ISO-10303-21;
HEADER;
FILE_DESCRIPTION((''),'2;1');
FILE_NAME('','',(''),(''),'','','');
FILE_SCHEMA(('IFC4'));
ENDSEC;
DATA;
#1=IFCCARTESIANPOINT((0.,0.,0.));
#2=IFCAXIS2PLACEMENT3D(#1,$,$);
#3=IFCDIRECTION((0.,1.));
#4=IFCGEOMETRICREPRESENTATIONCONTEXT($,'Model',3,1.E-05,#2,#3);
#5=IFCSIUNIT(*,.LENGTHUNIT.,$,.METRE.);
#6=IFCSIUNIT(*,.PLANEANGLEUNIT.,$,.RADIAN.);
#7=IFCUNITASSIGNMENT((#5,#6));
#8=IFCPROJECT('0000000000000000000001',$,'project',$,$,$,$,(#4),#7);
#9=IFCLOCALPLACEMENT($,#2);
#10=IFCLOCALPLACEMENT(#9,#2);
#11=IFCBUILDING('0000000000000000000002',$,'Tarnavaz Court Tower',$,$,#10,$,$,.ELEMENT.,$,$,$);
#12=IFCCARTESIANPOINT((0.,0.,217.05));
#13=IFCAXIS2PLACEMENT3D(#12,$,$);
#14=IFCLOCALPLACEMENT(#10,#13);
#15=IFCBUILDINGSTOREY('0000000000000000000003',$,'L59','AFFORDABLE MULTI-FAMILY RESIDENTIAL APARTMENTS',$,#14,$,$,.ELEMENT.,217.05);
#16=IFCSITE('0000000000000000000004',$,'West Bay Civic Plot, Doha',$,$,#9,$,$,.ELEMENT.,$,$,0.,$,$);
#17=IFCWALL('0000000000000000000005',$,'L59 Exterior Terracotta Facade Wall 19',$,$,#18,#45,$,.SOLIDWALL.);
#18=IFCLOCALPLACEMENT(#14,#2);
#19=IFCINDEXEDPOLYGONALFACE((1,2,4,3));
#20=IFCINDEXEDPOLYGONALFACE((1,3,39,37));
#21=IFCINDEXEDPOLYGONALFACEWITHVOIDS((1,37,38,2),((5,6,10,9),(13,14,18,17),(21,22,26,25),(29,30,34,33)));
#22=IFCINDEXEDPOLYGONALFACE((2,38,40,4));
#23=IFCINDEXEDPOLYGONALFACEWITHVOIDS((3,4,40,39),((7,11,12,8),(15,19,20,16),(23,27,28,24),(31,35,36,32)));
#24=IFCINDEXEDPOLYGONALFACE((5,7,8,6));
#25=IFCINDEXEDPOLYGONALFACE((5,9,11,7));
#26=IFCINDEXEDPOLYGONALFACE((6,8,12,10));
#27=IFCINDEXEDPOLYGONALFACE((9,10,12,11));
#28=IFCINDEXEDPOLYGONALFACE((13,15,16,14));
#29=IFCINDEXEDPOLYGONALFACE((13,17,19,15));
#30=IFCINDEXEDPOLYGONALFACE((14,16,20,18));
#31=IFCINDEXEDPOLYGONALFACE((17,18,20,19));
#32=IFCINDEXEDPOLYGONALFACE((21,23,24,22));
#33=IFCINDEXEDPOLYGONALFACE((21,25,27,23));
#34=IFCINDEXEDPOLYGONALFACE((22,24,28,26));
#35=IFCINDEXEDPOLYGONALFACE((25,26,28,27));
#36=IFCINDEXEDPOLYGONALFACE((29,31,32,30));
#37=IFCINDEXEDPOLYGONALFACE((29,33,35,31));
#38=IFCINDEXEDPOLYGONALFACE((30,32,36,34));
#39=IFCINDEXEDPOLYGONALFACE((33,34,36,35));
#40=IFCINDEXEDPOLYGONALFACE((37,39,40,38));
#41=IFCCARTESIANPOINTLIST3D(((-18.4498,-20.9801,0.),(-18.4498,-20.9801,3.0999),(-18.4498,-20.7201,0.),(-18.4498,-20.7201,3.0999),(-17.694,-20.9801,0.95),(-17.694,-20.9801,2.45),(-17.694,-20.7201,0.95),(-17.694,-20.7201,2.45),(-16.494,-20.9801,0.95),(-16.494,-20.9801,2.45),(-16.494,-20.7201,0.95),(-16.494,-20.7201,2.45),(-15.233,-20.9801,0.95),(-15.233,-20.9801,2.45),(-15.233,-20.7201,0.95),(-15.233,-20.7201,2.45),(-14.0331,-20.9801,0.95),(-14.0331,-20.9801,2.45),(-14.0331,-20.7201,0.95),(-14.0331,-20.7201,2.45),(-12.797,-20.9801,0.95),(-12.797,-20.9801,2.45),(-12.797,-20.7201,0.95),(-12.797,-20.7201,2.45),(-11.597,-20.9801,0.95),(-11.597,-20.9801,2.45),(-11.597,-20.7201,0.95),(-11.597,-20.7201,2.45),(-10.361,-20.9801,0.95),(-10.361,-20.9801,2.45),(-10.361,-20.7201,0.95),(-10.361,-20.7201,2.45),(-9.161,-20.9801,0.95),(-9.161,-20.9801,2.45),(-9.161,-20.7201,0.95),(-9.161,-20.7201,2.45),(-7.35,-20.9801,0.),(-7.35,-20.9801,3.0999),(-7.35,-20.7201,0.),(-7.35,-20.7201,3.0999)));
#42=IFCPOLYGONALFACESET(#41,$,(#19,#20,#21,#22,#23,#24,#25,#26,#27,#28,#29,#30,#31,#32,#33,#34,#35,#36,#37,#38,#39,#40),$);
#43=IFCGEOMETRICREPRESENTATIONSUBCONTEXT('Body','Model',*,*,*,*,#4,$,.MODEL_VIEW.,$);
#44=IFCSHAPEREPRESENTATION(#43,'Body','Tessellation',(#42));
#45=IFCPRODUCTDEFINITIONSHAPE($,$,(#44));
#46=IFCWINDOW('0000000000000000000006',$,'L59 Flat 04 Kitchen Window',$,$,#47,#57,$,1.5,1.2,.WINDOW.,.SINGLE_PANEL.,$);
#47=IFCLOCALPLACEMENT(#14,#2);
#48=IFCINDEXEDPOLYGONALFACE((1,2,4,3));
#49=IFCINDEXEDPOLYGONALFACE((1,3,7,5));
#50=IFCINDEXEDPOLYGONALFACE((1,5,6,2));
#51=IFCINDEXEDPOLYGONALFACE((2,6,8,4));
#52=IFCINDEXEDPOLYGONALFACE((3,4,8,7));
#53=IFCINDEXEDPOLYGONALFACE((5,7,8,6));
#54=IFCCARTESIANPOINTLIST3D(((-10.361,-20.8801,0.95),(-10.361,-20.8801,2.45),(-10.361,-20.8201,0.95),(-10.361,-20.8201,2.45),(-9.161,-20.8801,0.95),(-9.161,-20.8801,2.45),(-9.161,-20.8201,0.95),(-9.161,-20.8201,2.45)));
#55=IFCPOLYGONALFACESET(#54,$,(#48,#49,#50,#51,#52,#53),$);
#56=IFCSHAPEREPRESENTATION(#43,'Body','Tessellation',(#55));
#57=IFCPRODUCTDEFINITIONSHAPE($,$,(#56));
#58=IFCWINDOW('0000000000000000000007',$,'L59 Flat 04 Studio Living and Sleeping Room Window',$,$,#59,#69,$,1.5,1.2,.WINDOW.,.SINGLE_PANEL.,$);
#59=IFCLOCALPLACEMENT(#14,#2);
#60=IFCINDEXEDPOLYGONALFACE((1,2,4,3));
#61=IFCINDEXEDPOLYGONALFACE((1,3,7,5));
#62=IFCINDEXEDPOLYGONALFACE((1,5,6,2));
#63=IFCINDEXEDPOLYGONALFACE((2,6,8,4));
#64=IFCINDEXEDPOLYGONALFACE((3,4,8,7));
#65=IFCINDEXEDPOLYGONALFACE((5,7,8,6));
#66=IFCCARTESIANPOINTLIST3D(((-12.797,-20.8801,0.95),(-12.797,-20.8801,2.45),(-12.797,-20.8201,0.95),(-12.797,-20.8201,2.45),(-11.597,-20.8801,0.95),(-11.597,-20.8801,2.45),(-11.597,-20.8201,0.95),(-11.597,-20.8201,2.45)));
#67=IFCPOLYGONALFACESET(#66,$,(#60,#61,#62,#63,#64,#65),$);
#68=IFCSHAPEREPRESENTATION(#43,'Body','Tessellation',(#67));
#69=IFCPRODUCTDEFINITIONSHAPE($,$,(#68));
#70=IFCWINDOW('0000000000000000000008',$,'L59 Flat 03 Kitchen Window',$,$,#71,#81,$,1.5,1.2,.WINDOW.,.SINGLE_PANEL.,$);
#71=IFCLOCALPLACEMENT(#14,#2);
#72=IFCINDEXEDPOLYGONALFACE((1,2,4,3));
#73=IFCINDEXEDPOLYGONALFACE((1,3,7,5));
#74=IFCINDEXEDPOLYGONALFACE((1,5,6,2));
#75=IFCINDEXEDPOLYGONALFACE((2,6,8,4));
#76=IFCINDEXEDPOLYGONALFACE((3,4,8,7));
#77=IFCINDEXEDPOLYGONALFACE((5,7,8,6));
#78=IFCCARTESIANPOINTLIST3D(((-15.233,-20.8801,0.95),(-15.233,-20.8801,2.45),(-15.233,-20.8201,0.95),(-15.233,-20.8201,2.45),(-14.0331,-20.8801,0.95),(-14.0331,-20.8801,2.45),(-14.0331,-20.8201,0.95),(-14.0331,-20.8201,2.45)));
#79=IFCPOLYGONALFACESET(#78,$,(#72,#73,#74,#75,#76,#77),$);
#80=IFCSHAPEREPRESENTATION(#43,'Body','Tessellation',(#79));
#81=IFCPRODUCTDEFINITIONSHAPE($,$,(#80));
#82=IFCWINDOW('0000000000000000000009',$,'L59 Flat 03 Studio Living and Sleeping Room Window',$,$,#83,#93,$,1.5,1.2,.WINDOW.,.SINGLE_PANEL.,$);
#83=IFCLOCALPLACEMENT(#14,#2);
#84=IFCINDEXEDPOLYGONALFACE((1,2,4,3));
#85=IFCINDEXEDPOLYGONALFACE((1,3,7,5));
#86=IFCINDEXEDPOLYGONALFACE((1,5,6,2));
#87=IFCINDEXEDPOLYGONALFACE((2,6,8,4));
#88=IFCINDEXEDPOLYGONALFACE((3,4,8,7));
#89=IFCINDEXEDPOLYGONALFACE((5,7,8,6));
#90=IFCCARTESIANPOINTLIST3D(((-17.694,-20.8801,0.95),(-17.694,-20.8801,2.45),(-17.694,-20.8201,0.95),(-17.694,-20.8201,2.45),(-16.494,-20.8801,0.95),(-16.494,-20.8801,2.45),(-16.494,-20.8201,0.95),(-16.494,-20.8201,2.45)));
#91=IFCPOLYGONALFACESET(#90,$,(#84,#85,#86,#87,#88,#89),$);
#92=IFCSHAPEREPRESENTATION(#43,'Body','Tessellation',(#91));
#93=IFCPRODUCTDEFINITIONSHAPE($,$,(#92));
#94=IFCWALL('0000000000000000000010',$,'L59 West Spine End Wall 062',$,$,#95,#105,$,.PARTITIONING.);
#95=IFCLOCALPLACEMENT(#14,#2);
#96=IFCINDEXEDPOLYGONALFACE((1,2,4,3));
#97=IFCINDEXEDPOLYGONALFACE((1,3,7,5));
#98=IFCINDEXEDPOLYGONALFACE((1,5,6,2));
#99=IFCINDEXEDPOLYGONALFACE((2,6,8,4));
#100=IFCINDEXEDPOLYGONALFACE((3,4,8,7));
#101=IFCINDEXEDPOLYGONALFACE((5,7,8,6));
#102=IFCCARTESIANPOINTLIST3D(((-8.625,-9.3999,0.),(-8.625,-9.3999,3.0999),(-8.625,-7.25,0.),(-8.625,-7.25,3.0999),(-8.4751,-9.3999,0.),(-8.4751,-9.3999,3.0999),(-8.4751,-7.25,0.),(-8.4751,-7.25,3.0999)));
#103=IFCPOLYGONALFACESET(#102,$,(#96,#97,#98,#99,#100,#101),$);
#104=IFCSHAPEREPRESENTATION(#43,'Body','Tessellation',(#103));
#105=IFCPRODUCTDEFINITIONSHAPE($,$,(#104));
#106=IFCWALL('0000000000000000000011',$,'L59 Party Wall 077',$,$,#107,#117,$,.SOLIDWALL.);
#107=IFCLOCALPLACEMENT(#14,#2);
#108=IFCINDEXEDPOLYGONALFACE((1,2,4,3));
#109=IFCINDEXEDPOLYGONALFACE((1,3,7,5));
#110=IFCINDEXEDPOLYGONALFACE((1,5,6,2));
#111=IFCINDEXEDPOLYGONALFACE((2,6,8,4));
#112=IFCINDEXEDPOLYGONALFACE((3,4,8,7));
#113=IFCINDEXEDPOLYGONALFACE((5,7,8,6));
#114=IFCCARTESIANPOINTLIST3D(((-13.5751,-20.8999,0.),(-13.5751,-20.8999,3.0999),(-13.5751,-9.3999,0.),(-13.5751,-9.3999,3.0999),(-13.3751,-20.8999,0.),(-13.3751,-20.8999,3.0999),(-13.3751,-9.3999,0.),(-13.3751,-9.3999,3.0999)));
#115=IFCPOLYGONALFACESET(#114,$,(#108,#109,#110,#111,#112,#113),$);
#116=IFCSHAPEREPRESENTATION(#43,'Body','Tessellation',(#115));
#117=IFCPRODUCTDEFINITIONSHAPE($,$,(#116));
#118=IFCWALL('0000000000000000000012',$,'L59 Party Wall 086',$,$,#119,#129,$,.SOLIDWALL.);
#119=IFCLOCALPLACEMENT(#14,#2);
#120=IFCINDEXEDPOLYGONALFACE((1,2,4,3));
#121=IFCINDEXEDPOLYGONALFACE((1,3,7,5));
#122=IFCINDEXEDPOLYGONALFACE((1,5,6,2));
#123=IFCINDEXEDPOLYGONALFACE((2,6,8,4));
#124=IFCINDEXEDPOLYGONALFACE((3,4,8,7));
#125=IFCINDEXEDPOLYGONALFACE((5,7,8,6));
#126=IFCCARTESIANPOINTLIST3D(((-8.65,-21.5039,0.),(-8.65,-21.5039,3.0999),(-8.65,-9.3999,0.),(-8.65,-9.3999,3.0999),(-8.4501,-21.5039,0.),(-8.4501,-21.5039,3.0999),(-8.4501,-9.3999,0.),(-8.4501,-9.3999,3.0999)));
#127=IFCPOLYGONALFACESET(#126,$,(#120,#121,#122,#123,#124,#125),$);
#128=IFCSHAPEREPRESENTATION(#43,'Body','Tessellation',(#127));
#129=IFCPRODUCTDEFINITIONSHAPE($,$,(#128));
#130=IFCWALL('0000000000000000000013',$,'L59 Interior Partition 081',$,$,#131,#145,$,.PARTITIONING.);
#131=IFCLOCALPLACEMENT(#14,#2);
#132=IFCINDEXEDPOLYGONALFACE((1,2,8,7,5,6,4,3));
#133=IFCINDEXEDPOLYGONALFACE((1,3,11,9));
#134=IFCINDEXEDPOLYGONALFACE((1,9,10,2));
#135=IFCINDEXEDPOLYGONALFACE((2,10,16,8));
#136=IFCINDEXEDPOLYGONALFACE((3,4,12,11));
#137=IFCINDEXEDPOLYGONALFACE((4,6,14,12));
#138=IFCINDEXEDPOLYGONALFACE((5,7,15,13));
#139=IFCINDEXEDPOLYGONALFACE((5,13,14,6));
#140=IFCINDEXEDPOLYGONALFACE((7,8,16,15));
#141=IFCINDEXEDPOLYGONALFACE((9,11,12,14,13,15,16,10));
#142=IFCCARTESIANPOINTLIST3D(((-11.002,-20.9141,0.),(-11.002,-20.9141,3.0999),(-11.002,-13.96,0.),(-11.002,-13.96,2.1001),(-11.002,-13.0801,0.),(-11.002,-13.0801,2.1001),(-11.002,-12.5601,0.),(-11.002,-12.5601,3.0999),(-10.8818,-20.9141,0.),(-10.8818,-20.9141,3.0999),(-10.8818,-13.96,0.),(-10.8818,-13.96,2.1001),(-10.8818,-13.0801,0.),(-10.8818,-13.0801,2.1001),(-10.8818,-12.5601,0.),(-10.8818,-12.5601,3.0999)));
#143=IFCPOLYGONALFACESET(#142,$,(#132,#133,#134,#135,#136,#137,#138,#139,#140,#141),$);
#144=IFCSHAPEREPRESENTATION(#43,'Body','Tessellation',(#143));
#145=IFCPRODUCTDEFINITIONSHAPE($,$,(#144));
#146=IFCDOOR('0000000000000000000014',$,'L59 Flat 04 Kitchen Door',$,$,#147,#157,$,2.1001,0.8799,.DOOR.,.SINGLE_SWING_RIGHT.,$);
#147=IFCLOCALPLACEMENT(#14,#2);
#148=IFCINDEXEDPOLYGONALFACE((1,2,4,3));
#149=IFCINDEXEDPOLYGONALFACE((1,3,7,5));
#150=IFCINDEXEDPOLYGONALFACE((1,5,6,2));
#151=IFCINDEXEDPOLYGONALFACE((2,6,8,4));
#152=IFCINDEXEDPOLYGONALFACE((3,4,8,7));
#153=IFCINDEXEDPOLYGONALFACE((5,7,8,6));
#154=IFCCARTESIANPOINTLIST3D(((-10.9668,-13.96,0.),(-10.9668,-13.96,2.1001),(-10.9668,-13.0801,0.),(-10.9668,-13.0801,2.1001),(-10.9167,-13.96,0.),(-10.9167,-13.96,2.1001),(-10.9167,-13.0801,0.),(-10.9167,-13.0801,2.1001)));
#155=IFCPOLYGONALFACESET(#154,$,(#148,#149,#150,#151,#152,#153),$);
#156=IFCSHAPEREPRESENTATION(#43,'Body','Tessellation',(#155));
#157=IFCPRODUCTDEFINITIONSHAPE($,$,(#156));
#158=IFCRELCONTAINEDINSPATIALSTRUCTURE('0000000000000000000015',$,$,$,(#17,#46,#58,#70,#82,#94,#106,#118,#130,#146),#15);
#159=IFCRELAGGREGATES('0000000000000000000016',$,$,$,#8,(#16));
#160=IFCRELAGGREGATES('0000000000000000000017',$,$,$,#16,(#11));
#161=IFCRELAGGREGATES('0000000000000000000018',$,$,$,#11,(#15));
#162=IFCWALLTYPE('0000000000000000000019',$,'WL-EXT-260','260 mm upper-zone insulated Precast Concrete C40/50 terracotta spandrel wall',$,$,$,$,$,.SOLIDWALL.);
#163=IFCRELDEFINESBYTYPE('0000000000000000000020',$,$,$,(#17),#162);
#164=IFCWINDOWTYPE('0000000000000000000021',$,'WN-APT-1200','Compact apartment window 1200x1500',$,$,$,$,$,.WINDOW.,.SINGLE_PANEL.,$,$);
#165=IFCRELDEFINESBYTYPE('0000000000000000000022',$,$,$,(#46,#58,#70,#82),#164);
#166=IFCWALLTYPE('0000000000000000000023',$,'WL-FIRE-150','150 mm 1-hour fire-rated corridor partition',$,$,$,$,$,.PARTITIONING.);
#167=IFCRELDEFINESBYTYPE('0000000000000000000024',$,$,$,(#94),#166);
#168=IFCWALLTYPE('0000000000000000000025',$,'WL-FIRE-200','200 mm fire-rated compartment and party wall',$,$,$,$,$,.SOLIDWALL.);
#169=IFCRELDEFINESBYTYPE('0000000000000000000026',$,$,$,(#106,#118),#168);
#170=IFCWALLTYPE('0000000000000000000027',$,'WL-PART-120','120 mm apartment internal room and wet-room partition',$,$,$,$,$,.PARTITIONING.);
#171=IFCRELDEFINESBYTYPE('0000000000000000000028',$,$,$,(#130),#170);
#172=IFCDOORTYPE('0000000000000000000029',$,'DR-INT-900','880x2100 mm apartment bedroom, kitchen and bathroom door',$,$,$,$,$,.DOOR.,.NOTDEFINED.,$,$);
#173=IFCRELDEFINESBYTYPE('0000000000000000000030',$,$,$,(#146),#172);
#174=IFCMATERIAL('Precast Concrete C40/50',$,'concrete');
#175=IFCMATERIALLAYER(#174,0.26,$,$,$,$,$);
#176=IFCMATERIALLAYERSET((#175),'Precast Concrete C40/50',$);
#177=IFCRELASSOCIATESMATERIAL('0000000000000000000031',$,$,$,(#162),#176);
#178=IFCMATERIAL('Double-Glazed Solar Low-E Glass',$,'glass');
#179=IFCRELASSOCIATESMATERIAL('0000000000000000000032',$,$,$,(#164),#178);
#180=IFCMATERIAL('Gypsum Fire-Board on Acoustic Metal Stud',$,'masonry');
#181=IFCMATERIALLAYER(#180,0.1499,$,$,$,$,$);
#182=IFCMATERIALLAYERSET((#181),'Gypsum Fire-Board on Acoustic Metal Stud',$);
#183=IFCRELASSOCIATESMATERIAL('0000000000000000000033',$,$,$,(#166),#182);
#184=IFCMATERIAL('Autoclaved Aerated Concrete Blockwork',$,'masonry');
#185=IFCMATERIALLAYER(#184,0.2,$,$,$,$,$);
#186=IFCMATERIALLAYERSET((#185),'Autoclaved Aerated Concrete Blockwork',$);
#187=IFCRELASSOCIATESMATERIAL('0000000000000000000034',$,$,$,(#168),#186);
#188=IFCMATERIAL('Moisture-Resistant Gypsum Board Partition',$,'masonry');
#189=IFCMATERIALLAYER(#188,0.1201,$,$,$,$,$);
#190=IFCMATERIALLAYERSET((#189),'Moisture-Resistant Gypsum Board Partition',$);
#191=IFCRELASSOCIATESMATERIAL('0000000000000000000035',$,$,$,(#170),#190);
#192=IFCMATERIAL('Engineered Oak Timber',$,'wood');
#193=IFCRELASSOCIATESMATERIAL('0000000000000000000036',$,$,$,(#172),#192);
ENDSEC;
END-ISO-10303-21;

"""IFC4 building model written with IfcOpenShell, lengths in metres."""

from ifc_helpers import new_model, si_unit, direction, frame, frame_2d, origin, place, context, subcontext, project, spatial, rectangle, extrude, material, layer, layer_set, type_object, element, fill, save


model = new_model("IFC4")

# Units and contexts
model_context = context("Model", 3, precision=1e-05, world=origin(), true_north=direction((0.0, 1.0)))
body_context = subcontext(model_context, "Body", "Model", "MODEL_VIEW")
ifc_project = project(units=[si_unit("LENGTHUNIT", "METRE"), si_unit("PLANEANGLEUNIT", "RADIAN")], contexts=[model_context])

# Site, building, storey
site_placement = place(None, origin())
site = spatial("IfcSite", under=ifc_project, at=site_placement, Name="West Bay Civic Plot, Doha", CompositionType="ELEMENT", RefElevation=0.0)
building_placement = place(site_placement, origin())
building = spatial("IfcBuilding", under=site, at=building_placement, Name="Tarnavaz Court Tower", CompositionType="ELEMENT")
storey_placement = place(building_placement, frame((0.0, 0.0, 217.05)))
storey = spatial("IfcBuildingStorey", under=building, at=storey_placement, Name="L59", Description="AFFORDABLE MULTI-FAMILY RESIDENTIAL APARTMENTS", CompositionType="ELEMENT", Elevation=217.05)

# Shared definitions
ifc_material_1 = material(Name="Precast Concrete C40/50", Category="concrete")
ifc_layer_1 = layer(ifc_material_1, 0.26)
ifc_layer_set_1 = layer_set([ifc_layer_1], Name="Precast Concrete C40/50")
wall_type_1 = type_object("IfcWallType", Name="WL-EXT-260", Description="260 mm upper-zone insulated Precast Concrete C40/50 terracotta spandrel wall", PredefinedType="SOLIDWALL", material=ifc_layer_set_1)

# Wall, openings, windows
wall_1_placement = place(storey_placement, frame((-7.3501, -20.8501, 0.0), z_axis=(0.0, 0.0, 1.0), x_axis=(-1.0, 0.0, 0.0)))
wall_1 = element("IfcWall", 1, at=wall_1_placement, inside=storey, type_object=wall_type_1, Name="L59 Exterior Terracotta Facade Wall 19", PredefinedType="SOLIDWALL", context=body_context, shape_type="SweptSolid", body=[
    extrude(rectangle(XDim=11.0999, YDim=0.26, at=frame_2d((5.5498, 0.0))), origin(), (0.0, 0.0, 1.0), 3.0999),
])
opening_1_placement = place(wall_1_placement, frame((1.8108, 0.0, 0.95)))
opening_1 = element("IfcOpeningElement", 2, at=opening_1_placement, cuts=wall_1, PredefinedType="OPENING", context=body_context, shape_type="SweptSolid", body=[
    extrude(rectangle(XDim=1.2, YDim=1.5, at=frame_2d((0.6001, 0.75))), frame((0.0, 0.1399, 0.0), z_axis=(0.0, -1.0, 0.0), x_axis=(1.0, 0.0, 0.0)), (0.0, 0.0, 1.0), 0.28),
])
opening_2_placement = place(wall_1_placement, frame((4.2468, 0.0, 0.95)))
opening_2 = element("IfcOpeningElement", 3, at=opening_2_placement, cuts=wall_1, PredefinedType="OPENING", context=body_context, shape_type="SweptSolid", body=[
    extrude(rectangle(XDim=1.2, YDim=1.5, at=frame_2d((0.6001, 0.75))), frame((0.0, 0.1399, 0.0), z_axis=(0.0, -1.0, 0.0), x_axis=(1.0, 0.0, 0.0)), (0.0, 0.0, 1.0), 0.28),
])
opening_3_placement = place(wall_1_placement, frame((6.6829, 0.0, 0.95)))
opening_3 = element("IfcOpeningElement", 4, at=opening_3_placement, cuts=wall_1, PredefinedType="OPENING", context=body_context, shape_type="SweptSolid", body=[
    extrude(rectangle(XDim=1.2, YDim=1.5, at=frame_2d((0.6001, 0.75))), frame((0.0, 0.1399, 0.0), z_axis=(0.0, -1.0, 0.0), x_axis=(1.0, 0.0, 0.0)), (0.0, 0.0, 1.0), 0.28),
])
opening_4_placement = place(wall_1_placement, frame((9.1438, 0.0, 0.95)))
opening_4 = element("IfcOpeningElement", 5, at=opening_4_placement, cuts=wall_1, PredefinedType="OPENING", context=body_context, shape_type="SweptSolid", body=[
    extrude(rectangle(XDim=1.2, YDim=1.5, at=frame_2d((0.6001, 0.75))), frame((0.0, 0.1399, 0.0), z_axis=(0.0, -1.0, 0.0), x_axis=(1.0, 0.0, 0.0)), (0.0, 0.0, 1.0), 0.28),
])
ifc_material_2 = material(Name="Double-Glazed Solar Low-E Glass", Category="glass")
window_type = type_object("IfcWindowType", Name="WN-APT-1200", Description="Compact apartment window 1200x1500", PartitioningType="SINGLE_PANEL", PredefinedType="WINDOW", material=ifc_material_2)
window_1_placement = place(opening_1_placement, origin())
window_1 = element("IfcWindow", 6, at=window_1_placement, inside=storey, type_object=window_type, Name="L59 Flat 04 Kitchen Window", OverallHeight=1.5, OverallWidth=1.2, PartitioningType="SINGLE_PANEL", PredefinedType="WINDOW", context=body_context, shape_type="SweptSolid", body=[
    extrude(rectangle(XDim=1.2, YDim=1.5, at=frame_2d((0.6001, 0.75))), frame((0.0, 0.03, 0.0), z_axis=(0.0, -1.0, 0.0), x_axis=(1.0, 0.0, 0.0)), (0.0, 0.0, 1.0), 0.0601),
])
fill(opening_1, window_1)
window_2_placement = place(opening_2_placement, origin())
window_2 = element("IfcWindow", 7, at=window_2_placement, inside=storey, type_object=window_type, Name="L59 Flat 04 Studio Living and Sleeping Room Window", OverallHeight=1.5, OverallWidth=1.2, PartitioningType="SINGLE_PANEL", PredefinedType="WINDOW", context=body_context, shape_type="SweptSolid", body=[
    extrude(rectangle(XDim=1.2, YDim=1.5, at=frame_2d((0.6001, 0.75))), frame((0.0, 0.03, 0.0), z_axis=(0.0, -1.0, 0.0), x_axis=(1.0, 0.0, 0.0)), (0.0, 0.0, 1.0), 0.0601),
])
fill(opening_2, window_2)
window_3_placement = place(opening_3_placement, origin())
window_3 = element("IfcWindow", 8, at=window_3_placement, inside=storey, type_object=window_type, Name="L59 Flat 03 Kitchen Window", OverallHeight=1.5, OverallWidth=1.2, PartitioningType="SINGLE_PANEL", PredefinedType="WINDOW", context=body_context, shape_type="SweptSolid", body=[
    extrude(rectangle(XDim=1.2, YDim=1.5, at=frame_2d((0.6001, 0.75))), frame((0.0, 0.03, 0.0), z_axis=(0.0, -1.0, 0.0), x_axis=(1.0, 0.0, 0.0)), (0.0, 0.0, 1.0), 0.0601),
])
fill(opening_3, window_3)
window_4_placement = place(opening_4_placement, origin())
window_4 = element("IfcWindow", 9, at=window_4_placement, inside=storey, type_object=window_type, Name="L59 Flat 03 Studio Living and Sleeping Room Window", OverallHeight=1.5, OverallWidth=1.2, PartitioningType="SINGLE_PANEL", PredefinedType="WINDOW", context=body_context, shape_type="SweptSolid", body=[
    extrude(rectangle(XDim=1.2, YDim=1.5, at=frame_2d((0.6001, 0.75))), frame((0.0, 0.03, 0.0), z_axis=(0.0, -1.0, 0.0), x_axis=(1.0, 0.0, 0.0)), (0.0, 0.0, 1.0), 0.0601),
])
fill(opening_4, window_4)

# Walls
ifc_material_3 = material(Name="Gypsum Fire-Board on Acoustic Metal Stud", Category="masonry")
ifc_layer_2 = layer(ifc_material_3, 0.1499)
ifc_layer_set_2 = layer_set([ifc_layer_2], Name="Gypsum Fire-Board on Acoustic Metal Stud")
wall_type_2 = type_object("IfcWallType", Name="WL-FIRE-150", Description="150 mm 1-hour fire-rated corridor partition", PredefinedType="PARTITIONING", material=ifc_layer_set_2)
wall_2_placement = place(storey_placement, frame((-8.55, -9.3999, 0.0), z_axis=(0.0, 0.0, 1.0), x_axis=(0.0, 1.0, 0.0)))
element("IfcWall", 10, at=wall_2_placement, inside=storey, type_object=wall_type_2, Name="L59 West Spine End Wall 062", PredefinedType="PARTITIONING", context=body_context, shape_type="SweptSolid", body=[
    extrude(rectangle(XDim=2.1499, YDim=0.1499, at=frame_2d((1.075, 0.0))), origin(), (0.0, 0.0, 1.0), 3.0999),
])
ifc_material_4 = material(Name="Autoclaved Aerated Concrete Blockwork", Category="masonry")
ifc_layer_3 = layer(ifc_material_4, 0.2)
ifc_layer_set_3 = layer_set([ifc_layer_3], Name="Autoclaved Aerated Concrete Blockwork")
wall_type_3 = type_object("IfcWallType", Name="WL-FIRE-200", Description="200 mm fire-rated compartment and party wall", PredefinedType="SOLIDWALL", material=ifc_layer_set_3)
wall_3_placement = place(storey_placement, frame((-13.4751, -20.8999, 0.0), z_axis=(0.0, 0.0, 1.0), x_axis=(0.0, 1.0, 0.0)))
element("IfcWall", 11, at=wall_3_placement, inside=storey, type_object=wall_type_3, Name="L59 Party Wall 077", PredefinedType="SOLIDWALL", context=body_context, shape_type="SweptSolid", body=[
    extrude(rectangle(XDim=11.5, YDim=0.2, at=frame_2d((5.75, 0.0))), origin(), (0.0, 0.0, 1.0), 3.0999),
])
wall_4_placement = place(storey_placement, frame((-8.55, -21.5039, 0.0), z_axis=(0.0, 0.0, 1.0), x_axis=(0.0, 1.0, 0.0)))
element("IfcWall", 12, at=wall_4_placement, inside=storey, type_object=wall_type_3, Name="L59 Party Wall 086", PredefinedType="SOLIDWALL", context=body_context, shape_type="SweptSolid", body=[
    extrude(rectangle(XDim=12.104, YDim=0.2, at=frame_2d((6.052, 0.0))), origin(), (0.0, 0.0, 1.0), 3.0999),
])

# Wall, opening, door
ifc_material_5 = material(Name="Moisture-Resistant Gypsum Board Partition", Category="masonry")
ifc_layer_4 = layer(ifc_material_5, 0.1201)
ifc_layer_set_4 = layer_set([ifc_layer_4], Name="Moisture-Resistant Gypsum Board Partition")
wall_type_4 = type_object("IfcWallType", Name="WL-PART-120", Description="120 mm apartment internal room and wet-room partition", PredefinedType="PARTITIONING", material=ifc_layer_set_4)
wall_5_placement = place(storey_placement, frame((-10.9419, -20.9141, 0.0), z_axis=(0.0, 0.0, 1.0), x_axis=(0.0, 1.0, 0.0)))
wall_5 = element("IfcWall", 13, at=wall_5_placement, inside=storey, type_object=wall_type_4, Name="L59 Interior Partition 081", PredefinedType="PARTITIONING", context=body_context, shape_type="SweptSolid", body=[
    extrude(rectangle(XDim=8.354, YDim=0.1201, at=frame_2d((4.177, 0.0))), origin(), (0.0, 0.0, 1.0), 3.0999),
])
opening_5_placement = place(wall_5_placement, frame((6.9541, 0.0, 0.0)))
opening_5 = element("IfcOpeningElement", 14, at=opening_5_placement, cuts=wall_5, PredefinedType="OPENING", context=body_context, shape_type="SweptSolid", body=[
    extrude(rectangle(XDim=0.8799, YDim=2.1001, at=frame_2d((0.4399, 1.05))), frame((0.0, 0.0701, 0.0), z_axis=(0.0, -1.0, 0.0), x_axis=(1.0, 0.0, 0.0)), (0.0, 0.0, 1.0), 0.1401),
])
ifc_material_6 = material(Name="Engineered Oak Timber", Category="wood")
door_type = type_object("IfcDoorType", Name="DR-INT-900", Description="880x2100 mm apartment bedroom, kitchen and bathroom door", OperationType="NOTDEFINED", PredefinedType="DOOR", material=ifc_material_6)
door_1_placement = place(opening_5_placement, origin())
door_1 = element("IfcDoor", 15, at=door_1_placement, inside=storey, type_object=door_type, Name="L59 Flat 04 Kitchen Door", OperationType="SINGLE_SWING_RIGHT", OverallHeight=2.1001, OverallWidth=0.8799, PredefinedType="DOOR", context=body_context, shape_type="SweptSolid", body=[
    extrude(rectangle(XDim=0.8799, YDim=2.1001, at=frame_2d((0.4399, 1.05))), frame((0.0, 0.0249, 0.0), z_axis=(0.0, -1.0, 0.0), x_axis=(1.0, 0.0, 0.0)), (0.0, 0.0, 1.0), 0.05),
])
fill(opening_5, door_1)

save(model, "model.ifc")
